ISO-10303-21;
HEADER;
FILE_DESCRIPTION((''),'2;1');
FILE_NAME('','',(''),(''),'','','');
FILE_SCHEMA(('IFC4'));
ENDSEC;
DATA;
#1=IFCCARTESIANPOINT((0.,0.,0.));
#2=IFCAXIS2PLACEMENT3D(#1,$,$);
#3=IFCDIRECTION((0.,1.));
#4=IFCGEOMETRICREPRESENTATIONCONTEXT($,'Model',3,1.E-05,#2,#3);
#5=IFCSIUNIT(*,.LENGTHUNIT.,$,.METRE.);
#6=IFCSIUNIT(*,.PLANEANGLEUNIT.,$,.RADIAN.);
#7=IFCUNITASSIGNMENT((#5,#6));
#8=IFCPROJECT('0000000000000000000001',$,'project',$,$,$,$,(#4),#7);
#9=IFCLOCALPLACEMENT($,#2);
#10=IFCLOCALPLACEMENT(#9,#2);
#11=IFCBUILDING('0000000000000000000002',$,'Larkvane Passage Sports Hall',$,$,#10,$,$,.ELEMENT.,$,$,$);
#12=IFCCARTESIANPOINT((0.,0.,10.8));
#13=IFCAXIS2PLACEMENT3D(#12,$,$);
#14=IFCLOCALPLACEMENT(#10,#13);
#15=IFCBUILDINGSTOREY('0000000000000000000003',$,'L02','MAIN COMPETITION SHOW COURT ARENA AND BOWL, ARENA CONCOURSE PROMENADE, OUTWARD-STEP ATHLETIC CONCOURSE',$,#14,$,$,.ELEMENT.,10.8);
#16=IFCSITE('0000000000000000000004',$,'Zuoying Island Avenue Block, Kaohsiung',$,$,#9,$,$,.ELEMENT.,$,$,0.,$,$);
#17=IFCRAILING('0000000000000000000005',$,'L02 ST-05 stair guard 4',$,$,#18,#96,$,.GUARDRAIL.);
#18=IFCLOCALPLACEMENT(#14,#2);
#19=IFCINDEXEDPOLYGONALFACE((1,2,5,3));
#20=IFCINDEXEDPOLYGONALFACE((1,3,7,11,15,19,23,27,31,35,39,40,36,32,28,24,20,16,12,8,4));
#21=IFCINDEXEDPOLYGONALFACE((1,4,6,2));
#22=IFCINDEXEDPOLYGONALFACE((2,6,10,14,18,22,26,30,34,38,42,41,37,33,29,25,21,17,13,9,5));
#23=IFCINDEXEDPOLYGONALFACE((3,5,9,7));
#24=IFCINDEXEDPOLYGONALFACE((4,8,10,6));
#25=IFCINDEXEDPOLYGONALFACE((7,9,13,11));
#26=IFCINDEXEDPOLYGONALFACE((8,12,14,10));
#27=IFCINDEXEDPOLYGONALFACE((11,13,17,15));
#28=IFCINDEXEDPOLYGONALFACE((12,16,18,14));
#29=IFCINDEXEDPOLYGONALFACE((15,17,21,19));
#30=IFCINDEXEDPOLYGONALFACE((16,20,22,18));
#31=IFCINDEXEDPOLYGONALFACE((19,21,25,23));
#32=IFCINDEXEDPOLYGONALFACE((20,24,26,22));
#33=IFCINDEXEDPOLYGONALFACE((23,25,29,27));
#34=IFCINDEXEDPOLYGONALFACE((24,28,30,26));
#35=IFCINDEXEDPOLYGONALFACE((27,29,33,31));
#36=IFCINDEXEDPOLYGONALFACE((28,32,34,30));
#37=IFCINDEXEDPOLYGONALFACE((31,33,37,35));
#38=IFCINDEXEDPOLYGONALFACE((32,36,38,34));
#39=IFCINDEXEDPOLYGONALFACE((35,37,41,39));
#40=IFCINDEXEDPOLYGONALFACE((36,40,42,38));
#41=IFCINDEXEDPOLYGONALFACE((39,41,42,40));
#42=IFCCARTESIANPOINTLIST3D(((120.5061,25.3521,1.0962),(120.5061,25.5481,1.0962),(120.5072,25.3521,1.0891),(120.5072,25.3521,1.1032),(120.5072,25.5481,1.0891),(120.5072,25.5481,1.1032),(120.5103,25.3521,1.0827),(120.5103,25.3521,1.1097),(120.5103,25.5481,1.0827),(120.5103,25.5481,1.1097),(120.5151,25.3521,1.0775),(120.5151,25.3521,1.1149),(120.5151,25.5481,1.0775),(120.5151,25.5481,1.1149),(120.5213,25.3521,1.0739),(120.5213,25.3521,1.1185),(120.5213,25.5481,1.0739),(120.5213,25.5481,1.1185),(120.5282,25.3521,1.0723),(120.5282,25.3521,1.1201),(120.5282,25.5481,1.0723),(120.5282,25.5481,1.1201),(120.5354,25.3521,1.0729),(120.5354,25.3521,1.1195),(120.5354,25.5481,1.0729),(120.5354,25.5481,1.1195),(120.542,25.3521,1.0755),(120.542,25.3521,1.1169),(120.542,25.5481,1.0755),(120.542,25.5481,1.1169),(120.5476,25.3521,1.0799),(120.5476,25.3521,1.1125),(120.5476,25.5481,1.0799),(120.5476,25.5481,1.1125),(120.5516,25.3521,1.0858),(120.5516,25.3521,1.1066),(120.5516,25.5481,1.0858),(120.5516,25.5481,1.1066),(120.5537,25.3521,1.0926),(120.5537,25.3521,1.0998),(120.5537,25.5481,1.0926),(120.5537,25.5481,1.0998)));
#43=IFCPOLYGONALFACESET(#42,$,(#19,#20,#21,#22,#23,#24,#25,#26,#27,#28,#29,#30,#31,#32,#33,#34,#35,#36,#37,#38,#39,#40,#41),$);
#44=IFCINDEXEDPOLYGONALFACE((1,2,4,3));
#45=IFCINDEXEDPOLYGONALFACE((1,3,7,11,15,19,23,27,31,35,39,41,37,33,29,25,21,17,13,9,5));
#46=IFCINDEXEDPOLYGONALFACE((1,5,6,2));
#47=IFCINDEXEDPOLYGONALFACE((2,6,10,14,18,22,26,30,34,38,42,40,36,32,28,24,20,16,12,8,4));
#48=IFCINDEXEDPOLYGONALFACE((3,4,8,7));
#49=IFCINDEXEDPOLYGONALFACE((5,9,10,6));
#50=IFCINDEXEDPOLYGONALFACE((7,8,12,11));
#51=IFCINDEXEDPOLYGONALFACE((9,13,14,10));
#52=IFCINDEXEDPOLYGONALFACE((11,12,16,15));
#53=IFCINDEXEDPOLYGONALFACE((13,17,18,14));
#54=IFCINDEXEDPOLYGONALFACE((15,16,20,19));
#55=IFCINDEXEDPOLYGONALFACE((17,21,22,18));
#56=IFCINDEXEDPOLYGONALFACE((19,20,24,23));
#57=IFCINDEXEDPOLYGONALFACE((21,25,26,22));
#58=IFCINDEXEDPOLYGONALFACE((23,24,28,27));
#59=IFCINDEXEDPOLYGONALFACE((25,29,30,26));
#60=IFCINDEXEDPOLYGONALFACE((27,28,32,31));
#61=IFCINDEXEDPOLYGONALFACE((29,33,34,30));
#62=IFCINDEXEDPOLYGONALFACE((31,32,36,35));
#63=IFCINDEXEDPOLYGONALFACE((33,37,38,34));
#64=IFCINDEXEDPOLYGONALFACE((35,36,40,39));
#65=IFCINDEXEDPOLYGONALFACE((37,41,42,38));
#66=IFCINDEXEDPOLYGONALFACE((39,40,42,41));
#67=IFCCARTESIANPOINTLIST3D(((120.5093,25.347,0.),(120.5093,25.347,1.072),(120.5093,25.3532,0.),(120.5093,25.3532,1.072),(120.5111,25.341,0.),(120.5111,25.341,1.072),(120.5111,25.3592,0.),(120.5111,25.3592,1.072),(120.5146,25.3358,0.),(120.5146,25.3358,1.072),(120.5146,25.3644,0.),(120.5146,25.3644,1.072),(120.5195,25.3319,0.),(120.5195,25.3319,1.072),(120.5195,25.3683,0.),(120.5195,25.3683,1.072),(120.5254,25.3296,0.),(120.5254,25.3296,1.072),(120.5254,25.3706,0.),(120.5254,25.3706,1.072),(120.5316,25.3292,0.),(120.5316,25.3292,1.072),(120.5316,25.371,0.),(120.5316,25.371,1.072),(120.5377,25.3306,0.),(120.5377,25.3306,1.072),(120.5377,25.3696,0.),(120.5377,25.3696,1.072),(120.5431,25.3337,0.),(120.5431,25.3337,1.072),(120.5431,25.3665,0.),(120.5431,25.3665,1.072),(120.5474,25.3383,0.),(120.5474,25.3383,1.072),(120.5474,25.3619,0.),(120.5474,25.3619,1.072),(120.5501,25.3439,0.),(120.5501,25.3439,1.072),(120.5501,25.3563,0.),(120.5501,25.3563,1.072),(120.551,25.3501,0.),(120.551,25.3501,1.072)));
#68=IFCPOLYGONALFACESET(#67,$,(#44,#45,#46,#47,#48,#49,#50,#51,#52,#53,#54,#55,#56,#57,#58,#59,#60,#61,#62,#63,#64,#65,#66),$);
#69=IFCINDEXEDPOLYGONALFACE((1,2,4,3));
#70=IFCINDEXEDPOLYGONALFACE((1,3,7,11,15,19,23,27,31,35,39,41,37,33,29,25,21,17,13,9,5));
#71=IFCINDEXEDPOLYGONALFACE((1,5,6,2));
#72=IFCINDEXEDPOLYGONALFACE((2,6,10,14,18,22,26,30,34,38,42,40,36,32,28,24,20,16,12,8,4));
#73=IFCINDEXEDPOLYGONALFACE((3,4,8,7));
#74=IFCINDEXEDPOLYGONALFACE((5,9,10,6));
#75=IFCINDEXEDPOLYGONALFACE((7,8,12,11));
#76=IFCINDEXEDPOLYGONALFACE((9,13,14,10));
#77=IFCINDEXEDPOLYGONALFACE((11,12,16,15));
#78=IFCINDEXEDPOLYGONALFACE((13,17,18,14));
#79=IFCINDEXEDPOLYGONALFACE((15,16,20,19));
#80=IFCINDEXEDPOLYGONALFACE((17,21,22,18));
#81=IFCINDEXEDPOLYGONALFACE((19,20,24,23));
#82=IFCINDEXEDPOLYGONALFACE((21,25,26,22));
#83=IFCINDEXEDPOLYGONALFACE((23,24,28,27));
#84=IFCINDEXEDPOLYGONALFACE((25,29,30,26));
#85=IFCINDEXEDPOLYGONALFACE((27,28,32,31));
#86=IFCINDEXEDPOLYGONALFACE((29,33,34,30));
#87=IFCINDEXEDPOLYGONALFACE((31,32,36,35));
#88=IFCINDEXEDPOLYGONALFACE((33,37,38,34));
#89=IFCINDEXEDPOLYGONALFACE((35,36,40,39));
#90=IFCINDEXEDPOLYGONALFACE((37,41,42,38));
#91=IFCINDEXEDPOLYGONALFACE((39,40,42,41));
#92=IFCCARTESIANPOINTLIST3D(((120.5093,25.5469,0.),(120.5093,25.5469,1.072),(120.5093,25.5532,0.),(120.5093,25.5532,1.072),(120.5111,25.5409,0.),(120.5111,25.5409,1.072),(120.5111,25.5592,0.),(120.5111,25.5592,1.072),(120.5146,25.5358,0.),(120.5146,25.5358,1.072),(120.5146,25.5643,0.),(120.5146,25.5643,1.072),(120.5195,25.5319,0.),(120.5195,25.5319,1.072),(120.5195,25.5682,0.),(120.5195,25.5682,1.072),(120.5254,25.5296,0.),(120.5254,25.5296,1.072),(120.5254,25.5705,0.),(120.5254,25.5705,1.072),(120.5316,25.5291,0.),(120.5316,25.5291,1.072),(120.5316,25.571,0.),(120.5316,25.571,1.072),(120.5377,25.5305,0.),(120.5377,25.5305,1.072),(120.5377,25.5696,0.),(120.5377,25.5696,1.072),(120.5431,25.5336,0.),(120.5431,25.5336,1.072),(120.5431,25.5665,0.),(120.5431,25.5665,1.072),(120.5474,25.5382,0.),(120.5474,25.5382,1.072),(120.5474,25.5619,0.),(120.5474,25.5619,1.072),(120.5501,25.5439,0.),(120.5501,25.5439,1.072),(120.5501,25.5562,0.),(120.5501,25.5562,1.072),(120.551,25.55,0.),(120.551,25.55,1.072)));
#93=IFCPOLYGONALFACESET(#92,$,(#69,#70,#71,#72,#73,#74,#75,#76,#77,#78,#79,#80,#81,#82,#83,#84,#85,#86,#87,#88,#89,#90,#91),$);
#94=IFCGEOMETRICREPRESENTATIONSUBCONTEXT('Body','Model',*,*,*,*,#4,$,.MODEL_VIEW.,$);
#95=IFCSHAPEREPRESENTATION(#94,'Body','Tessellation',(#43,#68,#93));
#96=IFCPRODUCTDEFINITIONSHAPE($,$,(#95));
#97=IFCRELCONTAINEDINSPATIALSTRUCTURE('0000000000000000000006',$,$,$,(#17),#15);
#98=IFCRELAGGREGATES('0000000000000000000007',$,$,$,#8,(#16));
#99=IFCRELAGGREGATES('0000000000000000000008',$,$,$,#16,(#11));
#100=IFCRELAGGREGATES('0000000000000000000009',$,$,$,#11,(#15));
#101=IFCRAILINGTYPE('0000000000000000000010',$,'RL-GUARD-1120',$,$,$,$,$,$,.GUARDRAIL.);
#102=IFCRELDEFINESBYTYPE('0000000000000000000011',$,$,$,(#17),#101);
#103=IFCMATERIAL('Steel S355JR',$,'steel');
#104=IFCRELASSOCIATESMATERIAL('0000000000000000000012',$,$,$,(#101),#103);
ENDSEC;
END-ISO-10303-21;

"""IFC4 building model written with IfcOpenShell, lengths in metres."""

from ifc_helpers import new_model, si_unit, direction, frame, origin, origin_2d, place, context, subcontext, project, spatial, circle, extrude, material, type_object, element, save


model = new_model("IFC4")

# Units and contexts
model_context = context("Model", 3, precision=1e-05, world=origin(), true_north=direction((0.0, 1.0)))
body_context = subcontext(model_context, "Body", "Model", "MODEL_VIEW")
ifc_project = project(units=[si_unit("LENGTHUNIT", "METRE"), si_unit("PLANEANGLEUNIT", "RADIAN")], contexts=[model_context])

# Site, building, storey
site_placement = place(None, origin())
site = spatial("IfcSite", under=ifc_project, at=site_placement, Name="Zuoying Island Avenue Block, Kaohsiung", CompositionType="ELEMENT", RefElevation=0.0)
building_placement = place(site_placement, origin())
building = spatial("IfcBuilding", under=site, at=building_placement, Name="Larkvane Passage Sports Hall", CompositionType="ELEMENT")
storey_placement = place(building_placement, frame((0.0, 0.0, 10.8)))
storey = spatial("IfcBuildingStorey", under=building, at=storey_placement, Name="L02", Description="MAIN COMPETITION SHOW COURT ARENA AND BOWL, ARENA CONCOURSE PROMENADE, OUTWARD-STEP ATHLETIC CONCOURSE", CompositionType="ELEMENT", Elevation=10.8)

# Shared definitions
ifc_material_1 = material(Name="Steel S355JR", Category="steel")

# Railing
railing_type_1 = type_object("IfcRailingType", Name="RL-GUARD-1120", PredefinedType="GUARDRAIL", material=ifc_material_1)
railing_1_placement = place(storey_placement, frame((120.53, 25.3501, 0.0)))
element("IfcRailing", 1, at=railing_1_placement, inside=storey, type_object=railing_type_1, Name="L02 ST-05 stair guard 4", PredefinedType="GUARDRAIL", context=body_context, shape_type="SweptSolid", body=[
    extrude(circle(Radius=0.0239, at=origin_2d()), frame((0.0, 0.002, 1.0962), z_axis=(0.0, 1.0, 0.0), x_axis=(-1.0, 0.0, 0.0)), (0.0, 0.0, 1.0), 0.196),
    extrude(circle(Radius=0.021, at=origin_2d()), origin(), (0.0, 0.0, 1.0), 1.072),
    extrude(circle(Radius=0.021, at=origin_2d()), frame((0.0, 0.2, 0.0)), (0.0, 0.0, 1.0), 1.072),
])

save(model, "model.ifc")
